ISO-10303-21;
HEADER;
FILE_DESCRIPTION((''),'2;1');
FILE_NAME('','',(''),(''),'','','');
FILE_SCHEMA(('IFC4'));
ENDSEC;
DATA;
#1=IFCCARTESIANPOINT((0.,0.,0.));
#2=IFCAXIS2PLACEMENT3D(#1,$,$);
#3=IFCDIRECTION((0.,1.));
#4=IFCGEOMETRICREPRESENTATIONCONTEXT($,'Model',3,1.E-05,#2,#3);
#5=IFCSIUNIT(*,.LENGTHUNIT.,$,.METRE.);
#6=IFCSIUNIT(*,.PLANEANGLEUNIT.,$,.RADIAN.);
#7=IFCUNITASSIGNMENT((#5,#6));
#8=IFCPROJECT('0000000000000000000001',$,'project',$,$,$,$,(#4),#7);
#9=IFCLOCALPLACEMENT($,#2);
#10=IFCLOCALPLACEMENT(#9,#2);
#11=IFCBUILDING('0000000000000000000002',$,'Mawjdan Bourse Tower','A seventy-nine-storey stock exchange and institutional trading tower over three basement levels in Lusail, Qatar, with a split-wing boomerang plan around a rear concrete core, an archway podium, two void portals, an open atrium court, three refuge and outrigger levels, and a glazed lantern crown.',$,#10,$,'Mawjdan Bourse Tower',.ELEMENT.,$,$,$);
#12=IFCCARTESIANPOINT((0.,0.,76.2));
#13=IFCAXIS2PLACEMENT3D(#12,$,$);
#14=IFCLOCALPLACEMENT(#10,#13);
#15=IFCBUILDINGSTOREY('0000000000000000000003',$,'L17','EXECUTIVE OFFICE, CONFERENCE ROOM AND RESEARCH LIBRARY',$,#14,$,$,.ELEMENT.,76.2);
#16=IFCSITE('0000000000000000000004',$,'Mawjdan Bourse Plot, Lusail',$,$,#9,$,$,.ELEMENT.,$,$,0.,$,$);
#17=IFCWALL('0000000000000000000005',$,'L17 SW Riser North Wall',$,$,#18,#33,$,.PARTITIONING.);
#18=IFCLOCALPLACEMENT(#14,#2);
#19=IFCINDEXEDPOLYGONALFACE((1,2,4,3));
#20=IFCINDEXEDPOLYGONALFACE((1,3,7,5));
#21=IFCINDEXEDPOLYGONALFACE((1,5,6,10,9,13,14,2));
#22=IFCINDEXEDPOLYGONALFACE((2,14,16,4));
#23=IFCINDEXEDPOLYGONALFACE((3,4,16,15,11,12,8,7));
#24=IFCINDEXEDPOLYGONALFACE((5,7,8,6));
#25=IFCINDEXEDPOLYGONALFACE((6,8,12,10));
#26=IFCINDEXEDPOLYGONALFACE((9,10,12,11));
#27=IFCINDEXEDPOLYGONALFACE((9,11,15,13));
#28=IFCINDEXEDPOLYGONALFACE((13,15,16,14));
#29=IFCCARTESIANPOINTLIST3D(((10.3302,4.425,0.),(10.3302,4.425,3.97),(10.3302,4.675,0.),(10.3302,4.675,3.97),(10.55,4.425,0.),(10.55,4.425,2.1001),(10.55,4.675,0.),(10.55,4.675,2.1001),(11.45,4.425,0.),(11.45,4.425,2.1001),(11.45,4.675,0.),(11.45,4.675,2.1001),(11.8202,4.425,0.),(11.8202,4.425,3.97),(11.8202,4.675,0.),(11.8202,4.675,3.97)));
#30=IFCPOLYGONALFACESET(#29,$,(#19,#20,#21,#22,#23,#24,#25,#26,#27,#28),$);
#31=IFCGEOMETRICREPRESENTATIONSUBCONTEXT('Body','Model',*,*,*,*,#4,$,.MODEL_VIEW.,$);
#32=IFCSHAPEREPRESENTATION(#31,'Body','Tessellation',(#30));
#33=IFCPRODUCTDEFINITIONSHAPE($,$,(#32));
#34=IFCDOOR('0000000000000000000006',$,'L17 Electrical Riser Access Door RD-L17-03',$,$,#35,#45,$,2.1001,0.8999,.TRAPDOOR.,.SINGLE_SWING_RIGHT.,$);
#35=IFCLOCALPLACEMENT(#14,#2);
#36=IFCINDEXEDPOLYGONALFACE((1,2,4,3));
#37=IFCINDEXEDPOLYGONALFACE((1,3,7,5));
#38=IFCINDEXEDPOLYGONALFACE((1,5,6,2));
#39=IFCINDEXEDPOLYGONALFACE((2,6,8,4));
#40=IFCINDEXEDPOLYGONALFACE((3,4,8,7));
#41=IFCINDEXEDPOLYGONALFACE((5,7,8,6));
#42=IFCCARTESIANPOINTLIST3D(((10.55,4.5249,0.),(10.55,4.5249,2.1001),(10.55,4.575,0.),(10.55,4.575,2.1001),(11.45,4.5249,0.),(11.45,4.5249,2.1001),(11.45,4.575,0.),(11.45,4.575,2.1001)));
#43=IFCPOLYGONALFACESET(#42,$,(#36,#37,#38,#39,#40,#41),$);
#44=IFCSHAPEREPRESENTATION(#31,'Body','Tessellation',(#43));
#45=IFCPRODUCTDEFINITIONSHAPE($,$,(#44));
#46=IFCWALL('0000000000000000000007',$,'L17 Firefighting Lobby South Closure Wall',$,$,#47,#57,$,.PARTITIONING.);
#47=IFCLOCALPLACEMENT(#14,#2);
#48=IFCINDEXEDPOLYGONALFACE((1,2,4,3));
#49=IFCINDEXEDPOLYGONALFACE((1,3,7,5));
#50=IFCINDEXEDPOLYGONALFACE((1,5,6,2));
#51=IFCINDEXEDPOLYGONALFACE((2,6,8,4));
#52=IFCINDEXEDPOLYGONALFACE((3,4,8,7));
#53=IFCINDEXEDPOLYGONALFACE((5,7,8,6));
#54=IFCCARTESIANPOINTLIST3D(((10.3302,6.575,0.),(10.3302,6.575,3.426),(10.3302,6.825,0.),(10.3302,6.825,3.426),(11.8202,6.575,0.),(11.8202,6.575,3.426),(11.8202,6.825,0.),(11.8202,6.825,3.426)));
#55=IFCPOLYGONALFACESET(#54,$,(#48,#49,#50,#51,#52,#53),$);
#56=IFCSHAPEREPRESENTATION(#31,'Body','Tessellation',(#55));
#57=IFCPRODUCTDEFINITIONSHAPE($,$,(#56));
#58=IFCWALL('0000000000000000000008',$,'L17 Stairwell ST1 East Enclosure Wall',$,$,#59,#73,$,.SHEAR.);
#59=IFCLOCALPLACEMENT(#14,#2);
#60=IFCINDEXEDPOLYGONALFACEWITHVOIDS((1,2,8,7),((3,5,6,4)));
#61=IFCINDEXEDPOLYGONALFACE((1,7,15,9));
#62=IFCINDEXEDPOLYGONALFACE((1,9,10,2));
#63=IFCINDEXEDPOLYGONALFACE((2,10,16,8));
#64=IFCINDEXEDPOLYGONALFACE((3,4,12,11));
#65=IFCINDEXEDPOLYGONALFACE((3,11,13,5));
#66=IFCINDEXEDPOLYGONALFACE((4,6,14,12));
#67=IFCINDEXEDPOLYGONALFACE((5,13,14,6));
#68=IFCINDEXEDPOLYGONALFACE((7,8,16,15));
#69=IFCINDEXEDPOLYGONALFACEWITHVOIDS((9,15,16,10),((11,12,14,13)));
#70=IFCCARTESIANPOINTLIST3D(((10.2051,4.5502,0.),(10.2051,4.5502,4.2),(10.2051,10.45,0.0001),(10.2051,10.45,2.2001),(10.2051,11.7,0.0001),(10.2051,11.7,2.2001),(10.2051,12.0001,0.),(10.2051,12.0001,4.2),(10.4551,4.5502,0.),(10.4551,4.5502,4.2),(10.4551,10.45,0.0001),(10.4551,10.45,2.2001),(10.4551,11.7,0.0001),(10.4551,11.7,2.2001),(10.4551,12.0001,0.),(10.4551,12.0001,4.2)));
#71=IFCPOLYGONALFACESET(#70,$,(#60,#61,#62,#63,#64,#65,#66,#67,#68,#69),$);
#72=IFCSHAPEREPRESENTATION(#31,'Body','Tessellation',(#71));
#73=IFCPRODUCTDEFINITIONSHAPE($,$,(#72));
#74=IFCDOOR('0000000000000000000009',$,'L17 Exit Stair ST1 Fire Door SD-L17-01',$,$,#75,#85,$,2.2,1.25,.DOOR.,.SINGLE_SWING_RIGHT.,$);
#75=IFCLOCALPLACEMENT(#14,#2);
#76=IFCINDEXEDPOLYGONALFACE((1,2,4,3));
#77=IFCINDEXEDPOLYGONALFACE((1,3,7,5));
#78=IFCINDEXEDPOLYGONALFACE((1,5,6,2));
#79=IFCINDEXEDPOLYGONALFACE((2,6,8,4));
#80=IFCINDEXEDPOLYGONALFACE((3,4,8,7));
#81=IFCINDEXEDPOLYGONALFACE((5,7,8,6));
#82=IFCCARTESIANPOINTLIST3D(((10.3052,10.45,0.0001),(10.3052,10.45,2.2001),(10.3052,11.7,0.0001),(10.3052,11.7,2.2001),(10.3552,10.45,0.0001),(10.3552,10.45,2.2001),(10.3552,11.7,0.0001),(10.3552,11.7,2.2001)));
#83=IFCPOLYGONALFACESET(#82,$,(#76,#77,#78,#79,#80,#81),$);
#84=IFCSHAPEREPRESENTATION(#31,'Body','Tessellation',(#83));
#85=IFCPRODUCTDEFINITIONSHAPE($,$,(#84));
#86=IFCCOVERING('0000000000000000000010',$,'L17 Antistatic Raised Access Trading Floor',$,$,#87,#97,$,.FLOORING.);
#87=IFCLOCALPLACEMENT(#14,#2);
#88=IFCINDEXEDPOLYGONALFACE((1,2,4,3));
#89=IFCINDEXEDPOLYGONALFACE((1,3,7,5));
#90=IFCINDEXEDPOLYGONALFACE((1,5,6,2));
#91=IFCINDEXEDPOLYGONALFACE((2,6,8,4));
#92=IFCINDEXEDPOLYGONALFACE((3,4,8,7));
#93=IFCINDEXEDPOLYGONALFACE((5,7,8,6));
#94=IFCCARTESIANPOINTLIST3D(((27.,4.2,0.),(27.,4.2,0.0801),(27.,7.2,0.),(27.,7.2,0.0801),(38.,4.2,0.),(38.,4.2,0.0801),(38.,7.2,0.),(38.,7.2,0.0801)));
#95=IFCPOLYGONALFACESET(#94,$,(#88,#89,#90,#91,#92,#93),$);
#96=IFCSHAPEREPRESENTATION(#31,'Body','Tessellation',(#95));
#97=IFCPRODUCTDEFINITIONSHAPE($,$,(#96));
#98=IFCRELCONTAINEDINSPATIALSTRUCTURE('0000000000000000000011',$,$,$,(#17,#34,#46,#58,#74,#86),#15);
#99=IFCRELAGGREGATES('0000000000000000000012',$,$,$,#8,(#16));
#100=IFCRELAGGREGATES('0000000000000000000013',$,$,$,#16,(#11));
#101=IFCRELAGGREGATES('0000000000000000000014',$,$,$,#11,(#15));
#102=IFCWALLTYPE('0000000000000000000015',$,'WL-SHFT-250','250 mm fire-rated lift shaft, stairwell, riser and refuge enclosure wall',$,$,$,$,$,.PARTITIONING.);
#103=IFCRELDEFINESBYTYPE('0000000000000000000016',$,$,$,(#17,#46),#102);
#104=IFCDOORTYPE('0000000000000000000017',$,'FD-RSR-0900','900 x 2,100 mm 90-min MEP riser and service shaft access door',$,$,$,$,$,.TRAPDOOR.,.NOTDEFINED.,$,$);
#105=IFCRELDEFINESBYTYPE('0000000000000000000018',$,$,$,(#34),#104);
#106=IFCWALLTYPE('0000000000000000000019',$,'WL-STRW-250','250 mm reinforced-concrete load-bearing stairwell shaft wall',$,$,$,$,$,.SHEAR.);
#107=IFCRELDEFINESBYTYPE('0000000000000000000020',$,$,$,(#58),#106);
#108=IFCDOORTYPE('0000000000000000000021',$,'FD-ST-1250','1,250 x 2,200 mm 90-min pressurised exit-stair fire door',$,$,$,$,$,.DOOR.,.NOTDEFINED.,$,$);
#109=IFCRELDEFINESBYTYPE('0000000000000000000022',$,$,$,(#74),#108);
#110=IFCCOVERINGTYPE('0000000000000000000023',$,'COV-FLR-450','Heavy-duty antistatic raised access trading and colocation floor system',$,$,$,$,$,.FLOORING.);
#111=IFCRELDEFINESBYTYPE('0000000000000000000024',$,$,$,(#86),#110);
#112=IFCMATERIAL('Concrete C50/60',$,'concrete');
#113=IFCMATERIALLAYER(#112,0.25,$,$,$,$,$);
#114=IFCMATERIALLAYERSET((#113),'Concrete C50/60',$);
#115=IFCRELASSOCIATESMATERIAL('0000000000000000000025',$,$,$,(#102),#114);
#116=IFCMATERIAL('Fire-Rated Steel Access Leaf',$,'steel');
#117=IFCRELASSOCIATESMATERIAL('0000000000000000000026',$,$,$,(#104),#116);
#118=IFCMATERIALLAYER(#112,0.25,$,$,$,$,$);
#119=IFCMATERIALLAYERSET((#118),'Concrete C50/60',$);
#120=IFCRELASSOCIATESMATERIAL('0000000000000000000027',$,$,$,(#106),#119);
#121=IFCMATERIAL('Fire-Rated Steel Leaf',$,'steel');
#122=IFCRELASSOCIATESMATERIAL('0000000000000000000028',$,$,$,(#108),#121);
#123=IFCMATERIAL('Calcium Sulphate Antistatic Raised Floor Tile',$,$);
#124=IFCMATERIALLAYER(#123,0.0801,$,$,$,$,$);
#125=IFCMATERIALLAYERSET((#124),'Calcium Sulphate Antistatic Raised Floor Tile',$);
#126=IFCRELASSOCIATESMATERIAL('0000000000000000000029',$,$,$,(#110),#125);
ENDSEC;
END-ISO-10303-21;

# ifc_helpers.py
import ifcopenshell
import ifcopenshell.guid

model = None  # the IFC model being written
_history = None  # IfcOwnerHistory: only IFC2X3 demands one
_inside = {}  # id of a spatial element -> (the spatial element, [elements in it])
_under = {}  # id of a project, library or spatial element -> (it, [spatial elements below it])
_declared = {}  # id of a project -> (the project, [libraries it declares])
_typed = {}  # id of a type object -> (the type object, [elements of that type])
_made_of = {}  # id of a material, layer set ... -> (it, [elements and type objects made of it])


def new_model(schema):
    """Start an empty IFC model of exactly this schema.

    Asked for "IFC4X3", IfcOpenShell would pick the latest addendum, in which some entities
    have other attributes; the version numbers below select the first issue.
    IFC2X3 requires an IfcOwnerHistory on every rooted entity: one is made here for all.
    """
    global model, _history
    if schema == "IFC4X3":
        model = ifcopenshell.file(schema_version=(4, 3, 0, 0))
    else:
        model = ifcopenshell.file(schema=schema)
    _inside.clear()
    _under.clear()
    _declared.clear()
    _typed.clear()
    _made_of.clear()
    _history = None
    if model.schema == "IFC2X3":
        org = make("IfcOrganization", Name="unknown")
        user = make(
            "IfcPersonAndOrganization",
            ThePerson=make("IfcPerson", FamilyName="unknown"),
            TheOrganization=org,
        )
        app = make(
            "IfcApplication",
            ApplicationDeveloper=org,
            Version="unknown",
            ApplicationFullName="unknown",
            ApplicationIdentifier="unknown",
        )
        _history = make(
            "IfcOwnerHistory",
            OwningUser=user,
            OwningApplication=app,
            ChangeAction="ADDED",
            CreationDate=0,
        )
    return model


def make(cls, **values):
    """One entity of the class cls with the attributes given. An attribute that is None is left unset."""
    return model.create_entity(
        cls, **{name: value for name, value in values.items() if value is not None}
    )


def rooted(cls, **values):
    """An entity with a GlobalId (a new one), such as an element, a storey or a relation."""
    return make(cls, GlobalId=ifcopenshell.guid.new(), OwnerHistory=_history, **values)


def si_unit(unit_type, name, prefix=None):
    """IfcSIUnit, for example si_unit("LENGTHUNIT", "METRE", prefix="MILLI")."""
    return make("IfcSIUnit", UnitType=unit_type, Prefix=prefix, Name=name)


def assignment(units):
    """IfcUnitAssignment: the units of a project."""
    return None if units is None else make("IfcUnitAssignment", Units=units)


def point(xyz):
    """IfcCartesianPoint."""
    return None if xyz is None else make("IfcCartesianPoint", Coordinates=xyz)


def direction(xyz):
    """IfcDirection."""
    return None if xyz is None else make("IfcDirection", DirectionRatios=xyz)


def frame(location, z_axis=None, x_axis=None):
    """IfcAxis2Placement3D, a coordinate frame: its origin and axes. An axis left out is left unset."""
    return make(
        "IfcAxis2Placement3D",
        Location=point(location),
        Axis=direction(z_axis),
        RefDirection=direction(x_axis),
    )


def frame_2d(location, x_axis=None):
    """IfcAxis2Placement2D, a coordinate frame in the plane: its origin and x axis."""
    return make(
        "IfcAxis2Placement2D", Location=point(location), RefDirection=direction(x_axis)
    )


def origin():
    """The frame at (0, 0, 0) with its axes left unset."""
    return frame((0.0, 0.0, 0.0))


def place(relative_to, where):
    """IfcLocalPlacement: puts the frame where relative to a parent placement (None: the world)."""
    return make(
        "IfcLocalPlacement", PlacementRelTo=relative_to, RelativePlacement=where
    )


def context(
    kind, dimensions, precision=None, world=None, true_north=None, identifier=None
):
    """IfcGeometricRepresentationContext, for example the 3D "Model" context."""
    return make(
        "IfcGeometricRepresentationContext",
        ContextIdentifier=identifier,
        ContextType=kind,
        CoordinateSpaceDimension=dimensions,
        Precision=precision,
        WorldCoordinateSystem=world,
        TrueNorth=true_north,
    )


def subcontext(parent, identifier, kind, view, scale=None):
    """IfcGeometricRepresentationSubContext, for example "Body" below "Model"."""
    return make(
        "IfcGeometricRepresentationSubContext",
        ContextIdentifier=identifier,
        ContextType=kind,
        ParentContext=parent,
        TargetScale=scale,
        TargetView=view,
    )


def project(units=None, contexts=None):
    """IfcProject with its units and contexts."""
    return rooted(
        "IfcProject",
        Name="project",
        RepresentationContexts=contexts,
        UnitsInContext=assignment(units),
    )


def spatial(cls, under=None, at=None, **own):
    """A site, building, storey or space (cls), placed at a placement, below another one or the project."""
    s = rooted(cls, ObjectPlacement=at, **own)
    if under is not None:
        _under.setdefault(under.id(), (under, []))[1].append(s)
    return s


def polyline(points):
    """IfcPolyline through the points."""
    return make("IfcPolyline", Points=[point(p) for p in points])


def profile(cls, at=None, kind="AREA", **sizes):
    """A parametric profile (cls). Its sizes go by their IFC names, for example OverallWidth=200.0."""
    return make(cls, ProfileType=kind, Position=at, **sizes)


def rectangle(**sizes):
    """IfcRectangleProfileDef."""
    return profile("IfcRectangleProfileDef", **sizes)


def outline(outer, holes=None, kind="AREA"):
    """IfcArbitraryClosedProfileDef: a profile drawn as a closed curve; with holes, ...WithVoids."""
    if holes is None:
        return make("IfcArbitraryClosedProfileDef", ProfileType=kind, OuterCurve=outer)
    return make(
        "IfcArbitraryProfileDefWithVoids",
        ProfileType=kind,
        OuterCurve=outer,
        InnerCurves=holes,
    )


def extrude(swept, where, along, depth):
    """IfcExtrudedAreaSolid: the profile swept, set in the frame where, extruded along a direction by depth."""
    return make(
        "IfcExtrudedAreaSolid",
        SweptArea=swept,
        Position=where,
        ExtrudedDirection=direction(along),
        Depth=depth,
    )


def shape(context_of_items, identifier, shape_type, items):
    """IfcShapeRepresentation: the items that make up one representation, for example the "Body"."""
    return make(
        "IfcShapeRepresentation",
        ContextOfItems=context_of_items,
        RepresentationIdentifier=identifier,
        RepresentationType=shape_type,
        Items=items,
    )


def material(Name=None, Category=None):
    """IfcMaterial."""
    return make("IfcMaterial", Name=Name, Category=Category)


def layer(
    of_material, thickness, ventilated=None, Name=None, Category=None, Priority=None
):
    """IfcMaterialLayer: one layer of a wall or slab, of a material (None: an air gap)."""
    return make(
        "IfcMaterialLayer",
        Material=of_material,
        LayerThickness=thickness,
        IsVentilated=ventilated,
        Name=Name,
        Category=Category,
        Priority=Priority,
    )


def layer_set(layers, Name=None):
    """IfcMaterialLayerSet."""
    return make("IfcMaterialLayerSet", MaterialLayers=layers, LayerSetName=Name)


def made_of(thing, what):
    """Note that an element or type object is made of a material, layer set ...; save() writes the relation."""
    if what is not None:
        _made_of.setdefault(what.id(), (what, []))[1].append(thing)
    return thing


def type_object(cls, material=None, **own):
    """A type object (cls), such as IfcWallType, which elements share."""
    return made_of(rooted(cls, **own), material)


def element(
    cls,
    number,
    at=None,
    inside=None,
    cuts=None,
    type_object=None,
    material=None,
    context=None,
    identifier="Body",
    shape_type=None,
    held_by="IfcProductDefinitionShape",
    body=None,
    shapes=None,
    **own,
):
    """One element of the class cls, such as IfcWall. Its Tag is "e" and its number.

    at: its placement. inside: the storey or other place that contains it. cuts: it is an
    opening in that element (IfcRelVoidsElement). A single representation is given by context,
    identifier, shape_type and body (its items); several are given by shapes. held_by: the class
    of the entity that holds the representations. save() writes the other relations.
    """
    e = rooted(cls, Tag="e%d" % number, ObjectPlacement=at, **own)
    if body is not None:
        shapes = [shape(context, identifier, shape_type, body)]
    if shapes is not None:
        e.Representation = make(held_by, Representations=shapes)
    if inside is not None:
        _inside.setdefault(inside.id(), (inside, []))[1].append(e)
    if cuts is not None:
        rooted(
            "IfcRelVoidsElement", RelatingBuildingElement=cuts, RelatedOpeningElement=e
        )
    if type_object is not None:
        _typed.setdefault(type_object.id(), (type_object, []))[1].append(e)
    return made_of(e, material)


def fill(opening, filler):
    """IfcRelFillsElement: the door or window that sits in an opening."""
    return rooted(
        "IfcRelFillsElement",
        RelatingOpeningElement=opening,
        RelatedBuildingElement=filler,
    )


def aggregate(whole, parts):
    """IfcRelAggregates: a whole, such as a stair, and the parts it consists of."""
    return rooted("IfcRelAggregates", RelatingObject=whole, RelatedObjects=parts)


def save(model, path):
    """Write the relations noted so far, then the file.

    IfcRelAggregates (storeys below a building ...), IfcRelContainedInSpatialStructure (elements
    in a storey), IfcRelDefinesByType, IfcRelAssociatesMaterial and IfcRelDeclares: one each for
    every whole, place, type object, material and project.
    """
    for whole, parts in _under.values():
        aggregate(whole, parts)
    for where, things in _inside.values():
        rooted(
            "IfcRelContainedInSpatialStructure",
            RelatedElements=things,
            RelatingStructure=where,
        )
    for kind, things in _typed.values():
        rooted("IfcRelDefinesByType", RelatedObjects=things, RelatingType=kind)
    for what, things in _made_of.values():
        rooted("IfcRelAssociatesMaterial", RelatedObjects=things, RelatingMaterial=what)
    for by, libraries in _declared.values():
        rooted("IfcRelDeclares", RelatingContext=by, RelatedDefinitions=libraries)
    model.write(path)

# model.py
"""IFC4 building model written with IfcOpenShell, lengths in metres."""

from ifc_helpers import new_model, si_unit, direction, frame, frame_2d, origin, place, context, subcontext, project, spatial, polyline, rectangle, outline, extrude, material, layer, layer_set, type_object, element, fill, save


model = new_model("IFC4")

# Units and contexts
model_context = context("Model", 3, precision=1e-05, world=origin(), true_north=direction((0.0, 1.0)))
body_context = subcontext(model_context, "Body", "Model", "MODEL_VIEW")
ifc_project = project(units=[si_unit("LENGTHUNIT", "METRE"), si_unit("PLANEANGLEUNIT", "RADIAN")], contexts=[model_context])

# Site, building, storey
site_placement = place(None, origin())
site = spatial("IfcSite", under=ifc_project, at=site_placement, Name="Mawjdan Bourse Plot, Lusail", CompositionType="ELEMENT", RefElevation=0.0)
building_placement = place(site_placement, origin())
building = spatial("IfcBuilding", under=site, at=building_placement, Name="Mawjdan Bourse Tower", Description="A seventy-nine-storey stock exchange and institutional trading tower over three basement levels in Lusail, Qatar, with a split-wing boomerang plan around a rear concrete core, an archway podium, two void portals, an open atrium court, three refuge and outrigger levels, and a glazed lantern crown.", LongName="Mawjdan Bourse Tower", CompositionType="ELEMENT")
storey_placement = place(building_placement, frame((0.0, 0.0, 76.2)))
storey = spatial("IfcBuildingStorey", under=building, at=storey_placement, Name="L17", Description="EXECUTIVE OFFICE, CONFERENCE ROOM AND RESEARCH LIBRARY", CompositionType="ELEMENT", Elevation=76.2)

# Shared definitions
ifc_material_1 = material(Name="Concrete C50/60", Category="concrete")

# Wall, opening, door
ifc_layer_1 = layer(ifc_material_1, 0.25)
ifc_layer_set_1 = layer_set([ifc_layer_1], Name="Concrete C50/60")
wall_type_1 = type_object("IfcWallType", Name="WL-SHFT-250", Description="250 mm fire-rated lift shaft, stairwell, riser and refuge enclosure wall", PredefinedType="PARTITIONING", material=ifc_layer_set_1)
wall_1_placement = place(storey_placement, frame((10.3301, 4.55, 0.0), z_axis=(0.0, 0.0, 1.0), x_axis=(1.0, 0.0, 0.0)))
wall_1 = element("IfcWall", 1, at=wall_1_placement, inside=storey, type_object=wall_type_1, Name="L17 SW Riser North Wall", PredefinedType="PARTITIONING", context=body_context, shape_type="SweptSolid", body=[
    extrude(rectangle(XDim=1.49, YDim=0.25, at=frame_2d((0.7451, 0.0))), origin(), (0.0, 0.0, 1.0), 3.97),
])
opening_1_placement = place(wall_1_placement, frame((0.22, 0.0, 0.0)))
opening_1 = element("IfcOpeningElement", 2, at=opening_1_placement, cuts=wall_1, PredefinedType="OPENING", context=body_context, shape_type="SweptSolid", body=[
    extrude(rectangle(XDim=0.8999, YDim=2.1001, at=frame_2d((0.45, 1.05))), frame((0.0, 0.135, 0.0), z_axis=(0.0, -1.0, 0.0), x_axis=(1.0, 0.0, 0.0)), (0.0, 0.0, 1.0), 0.27),
])
ifc_material_2 = material(Name="Fire-Rated Steel Access Leaf", Category="steel")
door_type_1 = type_object("IfcDoorType", Name="FD-RSR-0900", Description="900 x 2,100 mm 90-min MEP riser and service shaft access door", OperationType="NOTDEFINED", PredefinedType="TRAPDOOR", material=ifc_material_2)
door_1_placement = place(opening_1_placement, origin())
door_1 = element("IfcDoor", 3, at=door_1_placement, inside=storey, type_object=door_type_1, Name="L17 Electrical Riser Access Door RD-L17-03", OperationType="SINGLE_SWING_RIGHT", OverallHeight=2.1001, OverallWidth=0.8999, PredefinedType="TRAPDOOR", context=body_context, shape_type="SweptSolid", body=[
    extrude(rectangle(XDim=0.8999, YDim=2.1001, at=frame_2d((0.45, 1.05))), frame((0.0, 0.0249, 0.0), z_axis=(0.0, -1.0, 0.0), x_axis=(1.0, 0.0, 0.0)), (0.0, 0.0, 1.0), 0.05),
])
fill(opening_1, door_1)

# Wall
wall_2_placement = place(storey_placement, frame((10.3301, 6.7, 0.0), z_axis=(0.0, 0.0, 1.0), x_axis=(1.0, 0.0, 0.0)))
element("IfcWall", 4, at=wall_2_placement, inside=storey, type_object=wall_type_1, Name="L17 Firefighting Lobby South Closure Wall", PredefinedType="PARTITIONING", context=body_context, shape_type="SweptSolid", body=[
    extrude(rectangle(XDim=1.49, YDim=0.25, at=frame_2d((0.7451, 0.0))), origin(), (0.0, 0.0, 1.0), 3.426),
])
ifc_layer_2 = layer(ifc_material_1, 0.25)
ifc_layer_set_2 = layer_set([ifc_layer_2], Name="Concrete C50/60")
wall_type_2 = type_object("IfcWallType", Name="WL-STRW-250", Description="250 mm reinforced-concrete load-bearing stairwell shaft wall", PredefinedType="SHEAR", material=ifc_layer_set_2)

# Wall, opening, door
wall_3_placement = place(storey_placement, frame((10.3301, 4.55, 0.0), z_axis=(0.0, 0.0, 1.0), x_axis=(0.0, 1.0, 0.0)))
wall_3 = element("IfcWall", 5, at=wall_3_placement, inside=storey, type_object=wall_type_2, Name="L17 Stairwell ST1 East Enclosure Wall", PredefinedType="SHEAR", context=body_context, shape_type="SweptSolid", body=[
    extrude(rectangle(XDim=7.45, YDim=0.25, at=frame_2d((3.7251, 0.0))), origin(), (0.0, 0.0, 1.0), 4.2),
])
opening_2_placement = place(wall_3_placement, frame((5.8999, 0.0, 0.0)))
opening_2 = element("IfcOpeningElement", 6, at=opening_2_placement, cuts=wall_3, PredefinedType="OPENING", context=body_context, shape_type="SweptSolid", body=[
    extrude(rectangle(XDim=1.25, YDim=2.2, at=frame_2d((0.625, 1.1001))), frame((0.0, 0.135, 0.0), z_axis=(0.0, -1.0, 0.0), x_axis=(1.0, 0.0, 0.0)), (0.0, 0.0, 1.0), 0.27),
])
ifc_material_3 = material(Name="Fire-Rated Steel Leaf", Category="steel")
door_type_2 = type_object("IfcDoorType", Name="FD-ST-1250", Description="1,250 x 2,200 mm 90-min pressurised exit-stair fire door", OperationType="NOTDEFINED", PredefinedType="DOOR", material=ifc_material_3)
door_2_placement = place(opening_2_placement, origin())
door_2 = element("IfcDoor", 7, at=door_2_placement, inside=storey, type_object=door_type_2, Name="L17 Exit Stair ST1 Fire Door SD-L17-01", OperationType="SINGLE_SWING_RIGHT", OverallHeight=2.2, OverallWidth=1.25, PredefinedType="DOOR", context=body_context, shape_type="SweptSolid", body=[
    extrude(rectangle(XDim=1.25, YDim=2.2, at=frame_2d((0.625, 1.1001))), frame((0.0, 0.0249, 0.0), z_axis=(0.0, -1.0, 0.0), x_axis=(1.0, 0.0, 0.0)), (0.0, 0.0, 1.0), 0.05),
])
fill(opening_2, door_2)

# Covering
ifc_material_4 = material(Name="Calcium Sulphate Antistatic Raised Floor Tile")
ifc_layer_3 = layer(ifc_material_4, 0.0801)
ifc_layer_set_3 = layer_set([ifc_layer_3], Name="Calcium Sulphate Antistatic Raised Floor Tile")
covering_type = type_object("IfcCoveringType", Name="COV-FLR-450", Description="Heavy-duty antistatic raised access trading and colocation floor system", PredefinedType="FLOORING", material=ifc_layer_set_3)
covering_placement = place(storey_placement, origin())
element("IfcCovering", 8, at=covering_placement, inside=storey, type_object=covering_type, Name="L17 Antistatic Raised Access Trading Floor", PredefinedType="FLOORING", context=body_context, shape_type="SweptSolid", body=[
    extrude(outline(polyline([(27.0, 4.2), (38.0, 4.2), (38.0, 7.2), (27.0, 7.2), (27.0, 4.2)])), origin(), (0.0, 0.0, 1.0), 0.0801),
])

save(model, "model.ifc")
